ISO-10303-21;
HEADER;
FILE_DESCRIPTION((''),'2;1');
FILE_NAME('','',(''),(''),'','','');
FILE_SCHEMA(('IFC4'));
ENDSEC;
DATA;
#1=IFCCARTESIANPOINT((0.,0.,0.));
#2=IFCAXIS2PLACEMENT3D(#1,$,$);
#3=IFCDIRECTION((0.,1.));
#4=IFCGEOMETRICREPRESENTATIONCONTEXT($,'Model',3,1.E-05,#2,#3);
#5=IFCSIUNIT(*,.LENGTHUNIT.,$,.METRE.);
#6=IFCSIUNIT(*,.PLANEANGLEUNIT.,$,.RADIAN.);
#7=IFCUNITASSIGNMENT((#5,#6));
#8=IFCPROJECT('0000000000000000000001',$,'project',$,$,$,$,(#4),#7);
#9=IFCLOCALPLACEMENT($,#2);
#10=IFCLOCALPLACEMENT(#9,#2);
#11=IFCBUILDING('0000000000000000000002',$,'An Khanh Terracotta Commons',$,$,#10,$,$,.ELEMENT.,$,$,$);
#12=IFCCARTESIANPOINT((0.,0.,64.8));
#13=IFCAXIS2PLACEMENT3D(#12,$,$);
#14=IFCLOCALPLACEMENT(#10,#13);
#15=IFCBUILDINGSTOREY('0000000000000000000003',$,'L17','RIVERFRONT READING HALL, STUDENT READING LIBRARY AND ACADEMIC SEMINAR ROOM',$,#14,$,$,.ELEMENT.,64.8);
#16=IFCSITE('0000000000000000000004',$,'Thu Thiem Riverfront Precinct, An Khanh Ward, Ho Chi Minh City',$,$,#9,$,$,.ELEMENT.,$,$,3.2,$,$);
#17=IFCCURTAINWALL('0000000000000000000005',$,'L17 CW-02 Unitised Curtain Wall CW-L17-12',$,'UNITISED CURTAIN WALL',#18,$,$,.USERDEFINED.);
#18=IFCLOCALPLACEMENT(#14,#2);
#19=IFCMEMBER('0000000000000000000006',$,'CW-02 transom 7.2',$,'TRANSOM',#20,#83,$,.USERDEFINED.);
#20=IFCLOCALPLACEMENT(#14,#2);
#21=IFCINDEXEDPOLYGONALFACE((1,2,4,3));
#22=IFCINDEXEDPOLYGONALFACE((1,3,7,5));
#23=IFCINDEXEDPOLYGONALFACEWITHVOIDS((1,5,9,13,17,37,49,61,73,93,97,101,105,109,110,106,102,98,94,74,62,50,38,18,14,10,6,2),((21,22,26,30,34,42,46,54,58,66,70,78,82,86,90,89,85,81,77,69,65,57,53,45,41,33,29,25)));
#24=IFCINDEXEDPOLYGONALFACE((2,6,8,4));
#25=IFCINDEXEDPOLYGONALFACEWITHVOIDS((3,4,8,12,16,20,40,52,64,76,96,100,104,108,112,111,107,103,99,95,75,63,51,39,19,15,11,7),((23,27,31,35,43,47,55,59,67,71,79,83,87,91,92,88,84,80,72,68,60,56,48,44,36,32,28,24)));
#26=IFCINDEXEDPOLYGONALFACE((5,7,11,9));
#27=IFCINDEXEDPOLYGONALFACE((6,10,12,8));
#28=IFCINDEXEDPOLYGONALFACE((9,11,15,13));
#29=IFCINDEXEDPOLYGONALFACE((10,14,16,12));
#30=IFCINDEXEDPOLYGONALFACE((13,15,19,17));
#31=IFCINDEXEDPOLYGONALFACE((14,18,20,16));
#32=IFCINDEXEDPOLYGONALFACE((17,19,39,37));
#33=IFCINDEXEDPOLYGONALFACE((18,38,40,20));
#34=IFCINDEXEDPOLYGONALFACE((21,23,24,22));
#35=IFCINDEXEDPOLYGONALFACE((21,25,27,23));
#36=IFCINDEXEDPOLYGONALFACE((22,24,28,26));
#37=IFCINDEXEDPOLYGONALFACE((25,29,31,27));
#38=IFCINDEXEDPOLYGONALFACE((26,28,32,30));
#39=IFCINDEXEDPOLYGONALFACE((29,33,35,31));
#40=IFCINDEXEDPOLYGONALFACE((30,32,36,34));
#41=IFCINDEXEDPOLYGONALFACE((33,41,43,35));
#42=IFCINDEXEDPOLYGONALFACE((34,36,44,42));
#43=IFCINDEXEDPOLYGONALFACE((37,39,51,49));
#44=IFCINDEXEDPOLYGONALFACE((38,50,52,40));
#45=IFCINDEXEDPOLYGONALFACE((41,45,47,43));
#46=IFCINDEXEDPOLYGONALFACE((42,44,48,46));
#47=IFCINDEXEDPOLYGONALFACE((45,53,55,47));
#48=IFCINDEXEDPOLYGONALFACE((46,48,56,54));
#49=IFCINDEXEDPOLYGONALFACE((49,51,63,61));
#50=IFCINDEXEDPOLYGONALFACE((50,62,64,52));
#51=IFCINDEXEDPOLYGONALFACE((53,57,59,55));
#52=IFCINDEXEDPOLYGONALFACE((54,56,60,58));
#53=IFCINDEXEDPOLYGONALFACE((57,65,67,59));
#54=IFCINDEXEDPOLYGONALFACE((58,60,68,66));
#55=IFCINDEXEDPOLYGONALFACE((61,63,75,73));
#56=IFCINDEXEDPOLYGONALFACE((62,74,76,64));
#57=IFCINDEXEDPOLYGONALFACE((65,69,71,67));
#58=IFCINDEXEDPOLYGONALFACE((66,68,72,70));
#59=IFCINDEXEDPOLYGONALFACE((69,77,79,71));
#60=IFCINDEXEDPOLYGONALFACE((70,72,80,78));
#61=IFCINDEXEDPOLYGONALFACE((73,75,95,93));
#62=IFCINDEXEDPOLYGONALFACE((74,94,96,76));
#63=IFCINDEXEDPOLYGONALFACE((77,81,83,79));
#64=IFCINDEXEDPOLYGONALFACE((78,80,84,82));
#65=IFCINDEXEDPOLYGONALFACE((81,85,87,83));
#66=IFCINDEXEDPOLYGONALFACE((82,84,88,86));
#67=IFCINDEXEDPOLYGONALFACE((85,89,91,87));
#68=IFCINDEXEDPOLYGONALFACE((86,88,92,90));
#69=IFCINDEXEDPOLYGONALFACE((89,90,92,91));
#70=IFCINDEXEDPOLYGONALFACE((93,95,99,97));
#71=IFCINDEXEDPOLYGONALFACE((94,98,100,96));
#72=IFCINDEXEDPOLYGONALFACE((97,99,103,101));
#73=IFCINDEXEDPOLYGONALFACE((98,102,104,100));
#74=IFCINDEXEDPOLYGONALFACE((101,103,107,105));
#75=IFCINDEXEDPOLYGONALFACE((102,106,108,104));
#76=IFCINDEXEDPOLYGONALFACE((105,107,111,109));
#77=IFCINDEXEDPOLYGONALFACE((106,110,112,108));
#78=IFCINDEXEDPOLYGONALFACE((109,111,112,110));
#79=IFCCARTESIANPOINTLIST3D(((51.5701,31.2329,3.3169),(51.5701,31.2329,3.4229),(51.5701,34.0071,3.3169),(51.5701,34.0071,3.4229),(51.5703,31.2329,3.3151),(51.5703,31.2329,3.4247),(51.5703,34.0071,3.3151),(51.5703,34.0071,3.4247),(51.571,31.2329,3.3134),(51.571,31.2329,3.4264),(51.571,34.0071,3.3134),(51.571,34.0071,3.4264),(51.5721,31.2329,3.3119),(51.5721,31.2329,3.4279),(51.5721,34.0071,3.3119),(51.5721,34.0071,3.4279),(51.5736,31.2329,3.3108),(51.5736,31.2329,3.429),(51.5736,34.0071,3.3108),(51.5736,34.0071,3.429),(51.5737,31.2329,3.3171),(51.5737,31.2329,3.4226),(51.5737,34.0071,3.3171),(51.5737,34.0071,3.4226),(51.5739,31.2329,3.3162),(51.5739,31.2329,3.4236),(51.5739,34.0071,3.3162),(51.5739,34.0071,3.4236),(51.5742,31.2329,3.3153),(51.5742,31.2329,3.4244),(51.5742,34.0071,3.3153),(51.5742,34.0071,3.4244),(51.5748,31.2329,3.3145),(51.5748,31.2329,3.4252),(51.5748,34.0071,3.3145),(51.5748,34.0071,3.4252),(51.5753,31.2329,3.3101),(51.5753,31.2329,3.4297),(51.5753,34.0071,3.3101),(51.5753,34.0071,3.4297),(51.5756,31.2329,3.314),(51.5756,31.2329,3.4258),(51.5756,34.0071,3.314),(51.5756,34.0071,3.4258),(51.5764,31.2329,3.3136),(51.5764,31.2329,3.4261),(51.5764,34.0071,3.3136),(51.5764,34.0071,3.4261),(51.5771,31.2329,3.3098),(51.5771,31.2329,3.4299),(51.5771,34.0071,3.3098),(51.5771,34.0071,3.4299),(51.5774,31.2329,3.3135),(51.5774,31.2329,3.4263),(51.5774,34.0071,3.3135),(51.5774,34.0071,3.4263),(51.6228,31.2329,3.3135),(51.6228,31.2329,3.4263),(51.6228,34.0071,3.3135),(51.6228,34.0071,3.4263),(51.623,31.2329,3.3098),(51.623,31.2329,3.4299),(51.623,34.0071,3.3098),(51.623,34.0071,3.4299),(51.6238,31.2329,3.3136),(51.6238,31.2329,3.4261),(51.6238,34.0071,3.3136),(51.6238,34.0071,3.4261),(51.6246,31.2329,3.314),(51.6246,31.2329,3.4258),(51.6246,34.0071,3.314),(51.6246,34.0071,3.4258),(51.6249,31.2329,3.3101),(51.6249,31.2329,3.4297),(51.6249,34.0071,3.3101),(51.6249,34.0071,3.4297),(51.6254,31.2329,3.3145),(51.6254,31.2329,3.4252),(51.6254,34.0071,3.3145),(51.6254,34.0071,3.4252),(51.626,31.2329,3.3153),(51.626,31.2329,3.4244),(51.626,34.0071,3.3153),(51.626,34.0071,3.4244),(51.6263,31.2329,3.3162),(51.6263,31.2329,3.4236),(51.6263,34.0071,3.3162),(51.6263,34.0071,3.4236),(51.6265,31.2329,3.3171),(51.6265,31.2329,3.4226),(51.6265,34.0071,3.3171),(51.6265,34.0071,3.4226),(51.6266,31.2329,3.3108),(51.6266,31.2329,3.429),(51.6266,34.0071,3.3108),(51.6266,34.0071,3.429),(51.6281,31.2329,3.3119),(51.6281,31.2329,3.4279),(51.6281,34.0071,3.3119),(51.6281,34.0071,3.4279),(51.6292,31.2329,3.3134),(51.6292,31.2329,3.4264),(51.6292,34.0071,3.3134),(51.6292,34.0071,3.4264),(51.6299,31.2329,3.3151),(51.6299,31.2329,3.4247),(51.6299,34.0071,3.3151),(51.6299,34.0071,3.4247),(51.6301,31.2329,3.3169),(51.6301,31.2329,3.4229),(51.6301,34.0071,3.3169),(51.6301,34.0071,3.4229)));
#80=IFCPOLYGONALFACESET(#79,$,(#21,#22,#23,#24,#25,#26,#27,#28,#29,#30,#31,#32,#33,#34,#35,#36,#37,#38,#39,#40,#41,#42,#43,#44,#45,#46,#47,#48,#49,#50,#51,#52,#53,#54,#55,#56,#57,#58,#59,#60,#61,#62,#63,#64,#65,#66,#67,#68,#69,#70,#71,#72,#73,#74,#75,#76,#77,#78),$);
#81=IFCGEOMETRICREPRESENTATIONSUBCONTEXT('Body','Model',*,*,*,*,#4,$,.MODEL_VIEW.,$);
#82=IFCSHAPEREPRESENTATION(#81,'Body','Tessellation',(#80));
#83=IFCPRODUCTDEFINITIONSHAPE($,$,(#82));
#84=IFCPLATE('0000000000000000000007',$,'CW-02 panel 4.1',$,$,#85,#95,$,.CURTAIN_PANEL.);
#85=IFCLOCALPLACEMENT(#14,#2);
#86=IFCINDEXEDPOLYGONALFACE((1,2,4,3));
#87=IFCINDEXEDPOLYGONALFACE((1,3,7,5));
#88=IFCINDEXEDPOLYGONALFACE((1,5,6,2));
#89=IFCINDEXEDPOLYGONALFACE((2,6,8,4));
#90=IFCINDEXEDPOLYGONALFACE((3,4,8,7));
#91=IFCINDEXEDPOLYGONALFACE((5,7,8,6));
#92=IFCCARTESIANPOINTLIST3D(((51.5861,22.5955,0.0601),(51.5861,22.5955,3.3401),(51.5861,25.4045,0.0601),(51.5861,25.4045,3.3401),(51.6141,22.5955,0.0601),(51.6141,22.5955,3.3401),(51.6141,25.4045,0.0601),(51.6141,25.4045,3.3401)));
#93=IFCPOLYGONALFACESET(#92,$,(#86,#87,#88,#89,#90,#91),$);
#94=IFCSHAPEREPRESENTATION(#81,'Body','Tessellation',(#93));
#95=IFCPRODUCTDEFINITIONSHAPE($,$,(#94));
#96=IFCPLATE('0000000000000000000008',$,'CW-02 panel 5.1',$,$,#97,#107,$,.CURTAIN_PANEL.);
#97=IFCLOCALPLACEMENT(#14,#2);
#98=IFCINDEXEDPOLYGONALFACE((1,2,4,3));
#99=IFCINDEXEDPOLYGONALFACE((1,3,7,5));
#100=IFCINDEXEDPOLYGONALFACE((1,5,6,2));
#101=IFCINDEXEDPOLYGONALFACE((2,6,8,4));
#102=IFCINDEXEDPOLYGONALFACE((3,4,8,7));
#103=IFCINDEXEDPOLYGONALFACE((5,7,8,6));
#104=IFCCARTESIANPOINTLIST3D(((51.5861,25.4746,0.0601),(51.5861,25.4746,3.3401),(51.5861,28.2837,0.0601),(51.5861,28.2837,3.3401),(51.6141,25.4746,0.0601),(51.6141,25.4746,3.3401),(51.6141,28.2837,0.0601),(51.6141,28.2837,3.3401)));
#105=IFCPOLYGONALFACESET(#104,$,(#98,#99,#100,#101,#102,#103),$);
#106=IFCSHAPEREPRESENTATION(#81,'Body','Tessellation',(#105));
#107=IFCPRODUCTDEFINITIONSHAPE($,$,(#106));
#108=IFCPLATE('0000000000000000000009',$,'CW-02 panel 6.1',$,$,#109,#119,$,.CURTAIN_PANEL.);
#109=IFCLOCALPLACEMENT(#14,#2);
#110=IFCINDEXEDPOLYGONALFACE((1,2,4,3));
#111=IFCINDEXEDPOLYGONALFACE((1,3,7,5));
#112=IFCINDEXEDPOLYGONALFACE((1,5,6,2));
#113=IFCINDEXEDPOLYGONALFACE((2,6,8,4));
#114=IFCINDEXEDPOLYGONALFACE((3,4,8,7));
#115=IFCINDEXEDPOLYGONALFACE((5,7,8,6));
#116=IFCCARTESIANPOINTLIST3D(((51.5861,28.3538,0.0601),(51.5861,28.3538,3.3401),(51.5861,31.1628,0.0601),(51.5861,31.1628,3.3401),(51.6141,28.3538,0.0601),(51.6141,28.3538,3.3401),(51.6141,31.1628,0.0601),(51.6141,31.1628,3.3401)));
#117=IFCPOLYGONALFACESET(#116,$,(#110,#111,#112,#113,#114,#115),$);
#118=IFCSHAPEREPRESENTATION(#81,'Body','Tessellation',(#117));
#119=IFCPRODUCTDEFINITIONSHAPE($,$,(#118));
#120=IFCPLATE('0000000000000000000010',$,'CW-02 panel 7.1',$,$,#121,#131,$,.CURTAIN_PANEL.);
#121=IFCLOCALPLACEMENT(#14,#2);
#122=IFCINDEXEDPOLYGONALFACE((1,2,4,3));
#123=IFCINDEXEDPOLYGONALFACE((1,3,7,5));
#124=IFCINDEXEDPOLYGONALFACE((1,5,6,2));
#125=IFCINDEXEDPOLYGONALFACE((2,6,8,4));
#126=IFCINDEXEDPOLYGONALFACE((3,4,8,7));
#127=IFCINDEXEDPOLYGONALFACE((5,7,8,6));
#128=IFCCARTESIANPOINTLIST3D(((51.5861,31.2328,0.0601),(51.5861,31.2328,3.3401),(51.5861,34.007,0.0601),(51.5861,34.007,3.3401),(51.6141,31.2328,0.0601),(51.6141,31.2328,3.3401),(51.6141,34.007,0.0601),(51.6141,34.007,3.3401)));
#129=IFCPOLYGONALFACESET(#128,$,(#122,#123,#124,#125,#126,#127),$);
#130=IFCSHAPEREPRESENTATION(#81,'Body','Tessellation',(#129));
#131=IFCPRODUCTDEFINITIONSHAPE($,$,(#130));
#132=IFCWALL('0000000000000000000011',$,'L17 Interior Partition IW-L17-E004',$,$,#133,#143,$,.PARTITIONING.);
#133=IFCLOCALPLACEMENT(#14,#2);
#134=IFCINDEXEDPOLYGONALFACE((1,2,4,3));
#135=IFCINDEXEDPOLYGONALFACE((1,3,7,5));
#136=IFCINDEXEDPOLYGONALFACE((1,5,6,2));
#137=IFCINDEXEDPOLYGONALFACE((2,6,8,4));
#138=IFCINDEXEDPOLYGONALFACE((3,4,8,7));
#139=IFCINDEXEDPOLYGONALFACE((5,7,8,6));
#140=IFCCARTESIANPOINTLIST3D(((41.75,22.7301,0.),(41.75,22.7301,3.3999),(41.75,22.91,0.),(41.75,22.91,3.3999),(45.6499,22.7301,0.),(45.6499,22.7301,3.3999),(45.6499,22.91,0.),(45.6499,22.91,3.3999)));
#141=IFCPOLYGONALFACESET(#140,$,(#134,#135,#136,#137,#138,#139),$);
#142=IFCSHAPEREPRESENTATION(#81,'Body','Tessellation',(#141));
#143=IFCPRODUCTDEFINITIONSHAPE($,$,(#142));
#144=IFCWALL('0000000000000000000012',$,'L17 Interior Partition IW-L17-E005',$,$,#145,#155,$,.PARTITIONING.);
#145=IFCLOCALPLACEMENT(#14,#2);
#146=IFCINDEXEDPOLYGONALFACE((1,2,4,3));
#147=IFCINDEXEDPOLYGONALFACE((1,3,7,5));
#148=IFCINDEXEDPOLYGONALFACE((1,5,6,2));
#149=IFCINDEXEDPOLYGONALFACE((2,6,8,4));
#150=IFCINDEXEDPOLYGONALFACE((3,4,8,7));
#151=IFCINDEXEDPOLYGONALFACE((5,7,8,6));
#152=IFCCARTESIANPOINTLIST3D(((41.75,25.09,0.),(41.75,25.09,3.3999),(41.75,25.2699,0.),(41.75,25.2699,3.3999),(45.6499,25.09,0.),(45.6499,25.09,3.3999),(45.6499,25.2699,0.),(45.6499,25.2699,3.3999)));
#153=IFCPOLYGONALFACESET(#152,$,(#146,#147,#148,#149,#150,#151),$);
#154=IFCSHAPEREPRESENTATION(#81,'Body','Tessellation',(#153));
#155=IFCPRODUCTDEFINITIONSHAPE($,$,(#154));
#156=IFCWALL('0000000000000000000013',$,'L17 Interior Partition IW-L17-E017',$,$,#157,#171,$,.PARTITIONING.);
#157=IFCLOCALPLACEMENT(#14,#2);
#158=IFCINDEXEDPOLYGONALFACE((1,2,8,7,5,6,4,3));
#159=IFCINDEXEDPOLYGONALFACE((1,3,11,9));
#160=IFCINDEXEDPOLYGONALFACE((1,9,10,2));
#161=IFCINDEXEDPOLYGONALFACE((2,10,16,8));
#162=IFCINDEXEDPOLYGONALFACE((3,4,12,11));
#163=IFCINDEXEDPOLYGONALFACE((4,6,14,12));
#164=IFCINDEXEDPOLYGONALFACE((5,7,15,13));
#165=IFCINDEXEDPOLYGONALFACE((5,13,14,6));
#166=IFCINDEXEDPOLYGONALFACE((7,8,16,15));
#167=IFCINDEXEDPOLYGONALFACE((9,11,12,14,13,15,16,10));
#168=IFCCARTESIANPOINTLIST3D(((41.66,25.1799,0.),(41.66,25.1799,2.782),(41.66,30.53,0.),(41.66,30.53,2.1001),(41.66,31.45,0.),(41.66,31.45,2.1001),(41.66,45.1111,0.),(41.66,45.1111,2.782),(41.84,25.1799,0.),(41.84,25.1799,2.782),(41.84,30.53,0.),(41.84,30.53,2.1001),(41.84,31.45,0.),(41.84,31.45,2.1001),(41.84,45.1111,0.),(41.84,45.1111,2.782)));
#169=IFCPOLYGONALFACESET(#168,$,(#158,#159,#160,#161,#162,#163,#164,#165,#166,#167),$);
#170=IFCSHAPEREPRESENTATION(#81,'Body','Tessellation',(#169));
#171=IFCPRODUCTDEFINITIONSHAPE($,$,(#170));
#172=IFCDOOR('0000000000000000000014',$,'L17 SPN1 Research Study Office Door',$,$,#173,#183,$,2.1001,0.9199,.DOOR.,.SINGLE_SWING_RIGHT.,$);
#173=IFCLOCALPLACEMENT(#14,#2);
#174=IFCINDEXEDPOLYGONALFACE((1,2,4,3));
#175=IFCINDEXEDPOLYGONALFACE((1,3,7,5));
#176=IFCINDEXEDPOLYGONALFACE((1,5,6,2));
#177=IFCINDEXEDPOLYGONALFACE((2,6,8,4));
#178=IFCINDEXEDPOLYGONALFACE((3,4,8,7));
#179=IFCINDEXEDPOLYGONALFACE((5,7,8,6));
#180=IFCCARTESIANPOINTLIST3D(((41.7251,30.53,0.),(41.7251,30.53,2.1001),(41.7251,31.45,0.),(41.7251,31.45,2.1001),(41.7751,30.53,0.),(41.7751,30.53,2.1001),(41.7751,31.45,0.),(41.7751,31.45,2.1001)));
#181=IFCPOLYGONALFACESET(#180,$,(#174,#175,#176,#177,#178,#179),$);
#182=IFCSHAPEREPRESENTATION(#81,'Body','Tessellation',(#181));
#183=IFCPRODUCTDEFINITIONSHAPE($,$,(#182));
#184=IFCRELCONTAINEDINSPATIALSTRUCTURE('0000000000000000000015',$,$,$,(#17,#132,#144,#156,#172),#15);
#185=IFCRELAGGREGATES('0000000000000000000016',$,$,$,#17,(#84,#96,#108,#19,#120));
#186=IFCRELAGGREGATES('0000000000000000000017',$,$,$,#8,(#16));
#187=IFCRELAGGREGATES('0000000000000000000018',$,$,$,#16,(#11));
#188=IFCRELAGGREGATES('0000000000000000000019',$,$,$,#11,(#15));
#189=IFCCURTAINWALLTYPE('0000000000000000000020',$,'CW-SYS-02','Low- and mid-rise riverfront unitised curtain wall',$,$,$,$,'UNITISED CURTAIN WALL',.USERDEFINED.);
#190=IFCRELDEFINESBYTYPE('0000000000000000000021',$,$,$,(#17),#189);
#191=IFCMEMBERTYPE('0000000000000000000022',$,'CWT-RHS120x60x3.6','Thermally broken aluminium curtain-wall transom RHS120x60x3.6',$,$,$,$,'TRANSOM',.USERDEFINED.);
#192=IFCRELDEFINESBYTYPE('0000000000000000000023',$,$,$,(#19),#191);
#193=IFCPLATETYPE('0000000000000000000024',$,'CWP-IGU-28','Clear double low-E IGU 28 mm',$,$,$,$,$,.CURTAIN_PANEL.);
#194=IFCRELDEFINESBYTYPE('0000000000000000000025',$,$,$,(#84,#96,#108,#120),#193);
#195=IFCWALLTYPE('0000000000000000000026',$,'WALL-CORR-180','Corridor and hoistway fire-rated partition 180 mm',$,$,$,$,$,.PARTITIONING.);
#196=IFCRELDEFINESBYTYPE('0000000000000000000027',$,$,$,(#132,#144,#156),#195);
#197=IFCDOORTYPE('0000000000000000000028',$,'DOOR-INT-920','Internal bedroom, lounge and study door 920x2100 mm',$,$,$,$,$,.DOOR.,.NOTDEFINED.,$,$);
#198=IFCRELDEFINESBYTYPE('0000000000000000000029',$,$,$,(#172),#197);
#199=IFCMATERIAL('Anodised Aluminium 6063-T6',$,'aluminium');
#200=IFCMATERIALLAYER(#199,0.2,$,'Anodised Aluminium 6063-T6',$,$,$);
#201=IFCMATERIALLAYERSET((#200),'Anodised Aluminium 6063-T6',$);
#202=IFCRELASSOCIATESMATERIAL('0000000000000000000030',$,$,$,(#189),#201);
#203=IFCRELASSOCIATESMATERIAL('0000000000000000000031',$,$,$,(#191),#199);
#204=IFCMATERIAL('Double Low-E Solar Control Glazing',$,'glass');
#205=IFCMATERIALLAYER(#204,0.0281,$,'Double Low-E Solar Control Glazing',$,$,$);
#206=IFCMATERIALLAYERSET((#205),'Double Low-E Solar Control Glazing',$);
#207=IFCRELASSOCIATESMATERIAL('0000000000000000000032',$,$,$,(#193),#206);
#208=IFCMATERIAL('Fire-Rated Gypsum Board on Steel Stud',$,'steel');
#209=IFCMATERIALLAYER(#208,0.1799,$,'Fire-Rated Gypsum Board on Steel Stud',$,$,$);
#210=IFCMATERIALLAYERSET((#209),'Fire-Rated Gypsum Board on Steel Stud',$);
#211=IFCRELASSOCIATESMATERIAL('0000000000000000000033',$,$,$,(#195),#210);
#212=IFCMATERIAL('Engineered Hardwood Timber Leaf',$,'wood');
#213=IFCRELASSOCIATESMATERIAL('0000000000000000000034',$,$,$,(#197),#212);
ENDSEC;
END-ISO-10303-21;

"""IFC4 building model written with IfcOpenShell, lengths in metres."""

from ifc_helpers import new_model, si_unit, direction, frame, frame_2d, origin, origin_2d, place, context, subcontext, project, spatial, rectangle, hollow_rectangle, extrude, material, layer, layer_set, material_profile, profile_set, type_object, element, fill, aggregate, save


model = new_model("IFC4")

# Units and contexts
model_context = context("Model", 3, precision=1e-05, world=origin(), true_north=direction((0.0, 1.0)))
body_context = subcontext(model_context, "Body", "Model", "MODEL_VIEW")
ifc_project = project(units=[si_unit("LENGTHUNIT", "METRE"), si_unit("PLANEANGLEUNIT", "RADIAN")], contexts=[model_context])

# Site, building, storey
site_placement = place(None, origin())
site = spatial("IfcSite", under=ifc_project, at=site_placement, Name="Thu Thiem Riverfront Precinct, An Khanh Ward, Ho Chi Minh City", CompositionType="ELEMENT", RefElevation=3.2)
building_placement = place(site_placement, origin())
building = spatial("IfcBuilding", under=site, at=building_placement, Name="An Khanh Terracotta Commons", CompositionType="ELEMENT")
storey_placement = place(building_placement, frame((0.0, 0.0, 64.8)))
storey = spatial("IfcBuildingStorey", under=building, at=storey_placement, Name="L17", Description="RIVERFRONT READING HALL, STUDENT READING LIBRARY AND ACADEMIC SEMINAR ROOM", CompositionType="ELEMENT", Elevation=64.8)

# Curtain wall, member, plates
ifc_material_1 = material(Name="Anodised Aluminium 6063-T6", Category="aluminium")
ifc_layer_1 = layer(ifc_material_1, 0.2, Name="Anodised Aluminium 6063-T6")
ifc_layer_set_1 = layer_set([ifc_layer_1], Name="Anodised Aluminium 6063-T6")
curtain_wall_type = type_object("IfcCurtainWallType", Name="CW-SYS-02", Description="Low- and mid-rise riverfront unitised curtain wall", ElementType="UNITISED CURTAIN WALL", PredefinedType="USERDEFINED", material=ifc_layer_set_1)
curtain_wall_placement = place(storey_placement, origin())
curtain_wall = element("IfcCurtainWall", 1, at=curtain_wall_placement, inside=storey, type_object=curtain_wall_type, Name="L17 CW-02 Unitised Curtain Wall CW-L17-12", ObjectType="UNITISED CURTAIN WALL", PredefinedType="USERDEFINED")
ifc_material_profile_1 = material_profile(ifc_material_1, hollow_rectangle(XDim=0.0601, YDim=0.1201, WallThickness=0.0037, InnerFilletRadius=0.0037, OuterFilletRadius=0.0071, at=origin_2d()), Name="RHS120x60x3.6")
ifc_profile_set_1 = profile_set([ifc_material_profile_1], Name="Anodised Aluminium 6063-T6")
member_type_1 = type_object("IfcMemberType", Name="CWT-RHS120x60x3.6", Description="Thermally broken aluminium curtain-wall transom RHS120x60x3.6", ElementType="TRANSOM", PredefinedType="USERDEFINED", material=ifc_profile_set_1)
member_1_placement = place(storey_placement, frame((51.6001, 31.2329, 3.3699), z_axis=(0.0, 1.0, 0.0), x_axis=(-1.0, 0.0, 0.0)))
member_1 = element("IfcMember", 2, at=member_1_placement, type_object=member_type_1, Name="CW-02 transom 7.2", ObjectType="TRANSOM", PredefinedType="USERDEFINED", context=body_context, shape_type="SweptSolid", body=[
    extrude(hollow_rectangle(XDim=0.0601, YDim=0.1201, WallThickness=0.0037, InnerFilletRadius=0.0037, OuterFilletRadius=0.0071, at=origin_2d()), origin(), (0.0, 0.0, 1.0), 2.7742),
])
ifc_material_2 = material(Name="Double Low-E Solar Control Glazing", Category="glass")
ifc_layer_2 = layer(ifc_material_2, 0.0281, Name="Double Low-E Solar Control Glazing")
ifc_layer_set_2 = layer_set([ifc_layer_2], Name="Double Low-E Solar Control Glazing")
plate_type = type_object("IfcPlateType", Name="CWP-IGU-28", Description="Clear double low-E IGU 28 mm", PredefinedType="CURTAIN_PANEL", material=ifc_layer_set_2)
plate_1_placement = place(storey_placement, frame((51.6001, 24.0, 0.0601), z_axis=(0.0, 0.0, 1.0), x_axis=(0.0, 1.0, 0.0)))
plate_1 = element("IfcPlate", 3, at=plate_1_placement, type_object=plate_type, Name="CW-02 panel 4.1", PredefinedType="CURTAIN_PANEL", context=body_context, shape_type="SweptSolid", body=[
    extrude(rectangle(XDim=2.8091, YDim=0.0281, at=origin_2d()), origin(), (0.0, 0.0, 1.0), 3.28),
])
plate_2_placement = place(storey_placement, frame((51.6001, 26.8792, 0.0601), z_axis=(0.0, 0.0, 1.0), x_axis=(0.0, 1.0, 0.0)))
plate_2 = element("IfcPlate", 4, at=plate_2_placement, type_object=plate_type, Name="CW-02 panel 5.1", PredefinedType="CURTAIN_PANEL", context=body_context, shape_type="SweptSolid", body=[
    extrude(rectangle(XDim=2.8091, YDim=0.0281, at=origin_2d()), origin(), (0.0, 0.0, 1.0), 3.28),
])
plate_3_placement = place(storey_placement, frame((51.6001, 29.7583, 0.0601), z_axis=(0.0, 0.0, 1.0), x_axis=(0.0, 1.0, 0.0)))
plate_3 = element("IfcPlate", 5, at=plate_3_placement, type_object=plate_type, Name="CW-02 panel 6.1", PredefinedType="CURTAIN_PANEL", context=body_context, shape_type="SweptSolid", body=[
    extrude(rectangle(XDim=2.8091, YDim=0.0281, at=origin_2d()), origin(), (0.0, 0.0, 1.0), 3.28),
])
plate_4_placement = place(storey_placement, frame((51.6001, 32.6199, 0.0601), z_axis=(0.0, 0.0, 1.0), x_axis=(0.0, 1.0, 0.0)))
plate_4 = element("IfcPlate", 6, at=plate_4_placement, type_object=plate_type, Name="CW-02 panel 7.1", PredefinedType="CURTAIN_PANEL", context=body_context, shape_type="SweptSolid", body=[
    extrude(rectangle(XDim=2.7742, YDim=0.0281, at=origin_2d()), origin(), (0.0, 0.0, 1.0), 3.28),
])
aggregate(curtain_wall, [plate_1, plate_2, plate_3, member_1, plate_4])

# Walls
ifc_material_3 = material(Name="Fire-Rated Gypsum Board on Steel Stud", Category="steel")
ifc_layer_3 = layer(ifc_material_3, 0.1799, Name="Fire-Rated Gypsum Board on Steel Stud")
ifc_layer_set_3 = layer_set([ifc_layer_3], Name="Fire-Rated Gypsum Board on Steel Stud")
wall_type = type_object("IfcWallType", Name="WALL-CORR-180", Description="Corridor and hoistway fire-rated partition 180 mm", PredefinedType="PARTITIONING", material=ifc_layer_set_3)
for number, where, z_axis, x_axis, name in (
    (7, (41.75, 22.8201, 0.0), (0.0, 0.0, 1.0), (1.0, 0.0, 0.0), "L17 Interior Partition IW-L17-E004"),
    (8, (41.75, 25.1799, 0.0), (0.0, 0.0, 1.0), (1.0, 0.0, 0.0), "L17 Interior Partition IW-L17-E005"),
):
    element("IfcWall", number, at=place(storey_placement, frame(where, z_axis=z_axis, x_axis=x_axis)), inside=storey, type_object=wall_type, Name=name, PredefinedType="PARTITIONING", context=body_context, shape_type="SweptSolid", body=[
        extrude(rectangle(XDim=3.8999, YDim=0.1799, at=frame_2d((1.95, 0.0))), origin(), (0.0, 0.0, 1.0), 3.3999),
    ])

# Wall, opening, door
wall_placement = place(storey_placement, frame((41.75, 25.1799, 0.0), z_axis=(0.0, 0.0, 1.0), x_axis=(0.0, 1.0, 0.0)))
wall = element("IfcWall", 9, at=wall_placement, inside=storey, type_object=wall_type, Name="L17 Interior Partition IW-L17-E017", PredefinedType="PARTITIONING", context=body_context, shape_type="SweptSolid", body=[
    extrude(rectangle(XDim=19.9312, YDim=0.1799, at=frame_2d((9.9656, 0.0))), origin(), (0.0, 0.0, 1.0), 2.782),
])
opening_placement = place(wall_placement, frame((5.3501, 0.0, 0.0)))
opening = element("IfcOpeningElement", 10, at=opening_placement, cuts=wall, PredefinedType="OPENING", context=body_context, shape_type="SweptSolid", body=[
    extrude(rectangle(XDim=0.9199, YDim=2.1001, at=frame_2d((0.46, 1.05))), frame((0.0, 0.0999, 0.0), z_axis=(0.0, -1.0, 0.0), x_axis=(1.0, 0.0, 0.0)), (0.0, 0.0, 1.0), 0.2),
])
ifc_material_4 = material(Name="Engineered Hardwood Timber Leaf", Category="wood")
door_type = type_object("IfcDoorType", Name="DOOR-INT-920", Description="Internal bedroom, lounge and study door 920x2100 mm", OperationType="NOTDEFINED", PredefinedType="DOOR", material=ifc_material_4)
door_placement = place(opening_placement, origin())
door = element("IfcDoor", 11, at=door_placement, inside=storey, type_object=door_type, Name="L17 SPN1 Research Study Office Door", OperationType="SINGLE_SWING_RIGHT", OverallHeight=2.1001, OverallWidth=0.9199, PredefinedType="DOOR", context=body_context, shape_type="SweptSolid", body=[
    extrude(rectangle(XDim=0.9199, YDim=2.1001, at=frame_2d((0.46, 1.05))), frame((0.0, 0.0249, 0.0), z_axis=(0.0, -1.0, 0.0), x_axis=(1.0, 0.0, 0.0)), (0.0, 0.0, 1.0), 0.05),
])
fill(opening, door)

save(model, "model.ifc")
